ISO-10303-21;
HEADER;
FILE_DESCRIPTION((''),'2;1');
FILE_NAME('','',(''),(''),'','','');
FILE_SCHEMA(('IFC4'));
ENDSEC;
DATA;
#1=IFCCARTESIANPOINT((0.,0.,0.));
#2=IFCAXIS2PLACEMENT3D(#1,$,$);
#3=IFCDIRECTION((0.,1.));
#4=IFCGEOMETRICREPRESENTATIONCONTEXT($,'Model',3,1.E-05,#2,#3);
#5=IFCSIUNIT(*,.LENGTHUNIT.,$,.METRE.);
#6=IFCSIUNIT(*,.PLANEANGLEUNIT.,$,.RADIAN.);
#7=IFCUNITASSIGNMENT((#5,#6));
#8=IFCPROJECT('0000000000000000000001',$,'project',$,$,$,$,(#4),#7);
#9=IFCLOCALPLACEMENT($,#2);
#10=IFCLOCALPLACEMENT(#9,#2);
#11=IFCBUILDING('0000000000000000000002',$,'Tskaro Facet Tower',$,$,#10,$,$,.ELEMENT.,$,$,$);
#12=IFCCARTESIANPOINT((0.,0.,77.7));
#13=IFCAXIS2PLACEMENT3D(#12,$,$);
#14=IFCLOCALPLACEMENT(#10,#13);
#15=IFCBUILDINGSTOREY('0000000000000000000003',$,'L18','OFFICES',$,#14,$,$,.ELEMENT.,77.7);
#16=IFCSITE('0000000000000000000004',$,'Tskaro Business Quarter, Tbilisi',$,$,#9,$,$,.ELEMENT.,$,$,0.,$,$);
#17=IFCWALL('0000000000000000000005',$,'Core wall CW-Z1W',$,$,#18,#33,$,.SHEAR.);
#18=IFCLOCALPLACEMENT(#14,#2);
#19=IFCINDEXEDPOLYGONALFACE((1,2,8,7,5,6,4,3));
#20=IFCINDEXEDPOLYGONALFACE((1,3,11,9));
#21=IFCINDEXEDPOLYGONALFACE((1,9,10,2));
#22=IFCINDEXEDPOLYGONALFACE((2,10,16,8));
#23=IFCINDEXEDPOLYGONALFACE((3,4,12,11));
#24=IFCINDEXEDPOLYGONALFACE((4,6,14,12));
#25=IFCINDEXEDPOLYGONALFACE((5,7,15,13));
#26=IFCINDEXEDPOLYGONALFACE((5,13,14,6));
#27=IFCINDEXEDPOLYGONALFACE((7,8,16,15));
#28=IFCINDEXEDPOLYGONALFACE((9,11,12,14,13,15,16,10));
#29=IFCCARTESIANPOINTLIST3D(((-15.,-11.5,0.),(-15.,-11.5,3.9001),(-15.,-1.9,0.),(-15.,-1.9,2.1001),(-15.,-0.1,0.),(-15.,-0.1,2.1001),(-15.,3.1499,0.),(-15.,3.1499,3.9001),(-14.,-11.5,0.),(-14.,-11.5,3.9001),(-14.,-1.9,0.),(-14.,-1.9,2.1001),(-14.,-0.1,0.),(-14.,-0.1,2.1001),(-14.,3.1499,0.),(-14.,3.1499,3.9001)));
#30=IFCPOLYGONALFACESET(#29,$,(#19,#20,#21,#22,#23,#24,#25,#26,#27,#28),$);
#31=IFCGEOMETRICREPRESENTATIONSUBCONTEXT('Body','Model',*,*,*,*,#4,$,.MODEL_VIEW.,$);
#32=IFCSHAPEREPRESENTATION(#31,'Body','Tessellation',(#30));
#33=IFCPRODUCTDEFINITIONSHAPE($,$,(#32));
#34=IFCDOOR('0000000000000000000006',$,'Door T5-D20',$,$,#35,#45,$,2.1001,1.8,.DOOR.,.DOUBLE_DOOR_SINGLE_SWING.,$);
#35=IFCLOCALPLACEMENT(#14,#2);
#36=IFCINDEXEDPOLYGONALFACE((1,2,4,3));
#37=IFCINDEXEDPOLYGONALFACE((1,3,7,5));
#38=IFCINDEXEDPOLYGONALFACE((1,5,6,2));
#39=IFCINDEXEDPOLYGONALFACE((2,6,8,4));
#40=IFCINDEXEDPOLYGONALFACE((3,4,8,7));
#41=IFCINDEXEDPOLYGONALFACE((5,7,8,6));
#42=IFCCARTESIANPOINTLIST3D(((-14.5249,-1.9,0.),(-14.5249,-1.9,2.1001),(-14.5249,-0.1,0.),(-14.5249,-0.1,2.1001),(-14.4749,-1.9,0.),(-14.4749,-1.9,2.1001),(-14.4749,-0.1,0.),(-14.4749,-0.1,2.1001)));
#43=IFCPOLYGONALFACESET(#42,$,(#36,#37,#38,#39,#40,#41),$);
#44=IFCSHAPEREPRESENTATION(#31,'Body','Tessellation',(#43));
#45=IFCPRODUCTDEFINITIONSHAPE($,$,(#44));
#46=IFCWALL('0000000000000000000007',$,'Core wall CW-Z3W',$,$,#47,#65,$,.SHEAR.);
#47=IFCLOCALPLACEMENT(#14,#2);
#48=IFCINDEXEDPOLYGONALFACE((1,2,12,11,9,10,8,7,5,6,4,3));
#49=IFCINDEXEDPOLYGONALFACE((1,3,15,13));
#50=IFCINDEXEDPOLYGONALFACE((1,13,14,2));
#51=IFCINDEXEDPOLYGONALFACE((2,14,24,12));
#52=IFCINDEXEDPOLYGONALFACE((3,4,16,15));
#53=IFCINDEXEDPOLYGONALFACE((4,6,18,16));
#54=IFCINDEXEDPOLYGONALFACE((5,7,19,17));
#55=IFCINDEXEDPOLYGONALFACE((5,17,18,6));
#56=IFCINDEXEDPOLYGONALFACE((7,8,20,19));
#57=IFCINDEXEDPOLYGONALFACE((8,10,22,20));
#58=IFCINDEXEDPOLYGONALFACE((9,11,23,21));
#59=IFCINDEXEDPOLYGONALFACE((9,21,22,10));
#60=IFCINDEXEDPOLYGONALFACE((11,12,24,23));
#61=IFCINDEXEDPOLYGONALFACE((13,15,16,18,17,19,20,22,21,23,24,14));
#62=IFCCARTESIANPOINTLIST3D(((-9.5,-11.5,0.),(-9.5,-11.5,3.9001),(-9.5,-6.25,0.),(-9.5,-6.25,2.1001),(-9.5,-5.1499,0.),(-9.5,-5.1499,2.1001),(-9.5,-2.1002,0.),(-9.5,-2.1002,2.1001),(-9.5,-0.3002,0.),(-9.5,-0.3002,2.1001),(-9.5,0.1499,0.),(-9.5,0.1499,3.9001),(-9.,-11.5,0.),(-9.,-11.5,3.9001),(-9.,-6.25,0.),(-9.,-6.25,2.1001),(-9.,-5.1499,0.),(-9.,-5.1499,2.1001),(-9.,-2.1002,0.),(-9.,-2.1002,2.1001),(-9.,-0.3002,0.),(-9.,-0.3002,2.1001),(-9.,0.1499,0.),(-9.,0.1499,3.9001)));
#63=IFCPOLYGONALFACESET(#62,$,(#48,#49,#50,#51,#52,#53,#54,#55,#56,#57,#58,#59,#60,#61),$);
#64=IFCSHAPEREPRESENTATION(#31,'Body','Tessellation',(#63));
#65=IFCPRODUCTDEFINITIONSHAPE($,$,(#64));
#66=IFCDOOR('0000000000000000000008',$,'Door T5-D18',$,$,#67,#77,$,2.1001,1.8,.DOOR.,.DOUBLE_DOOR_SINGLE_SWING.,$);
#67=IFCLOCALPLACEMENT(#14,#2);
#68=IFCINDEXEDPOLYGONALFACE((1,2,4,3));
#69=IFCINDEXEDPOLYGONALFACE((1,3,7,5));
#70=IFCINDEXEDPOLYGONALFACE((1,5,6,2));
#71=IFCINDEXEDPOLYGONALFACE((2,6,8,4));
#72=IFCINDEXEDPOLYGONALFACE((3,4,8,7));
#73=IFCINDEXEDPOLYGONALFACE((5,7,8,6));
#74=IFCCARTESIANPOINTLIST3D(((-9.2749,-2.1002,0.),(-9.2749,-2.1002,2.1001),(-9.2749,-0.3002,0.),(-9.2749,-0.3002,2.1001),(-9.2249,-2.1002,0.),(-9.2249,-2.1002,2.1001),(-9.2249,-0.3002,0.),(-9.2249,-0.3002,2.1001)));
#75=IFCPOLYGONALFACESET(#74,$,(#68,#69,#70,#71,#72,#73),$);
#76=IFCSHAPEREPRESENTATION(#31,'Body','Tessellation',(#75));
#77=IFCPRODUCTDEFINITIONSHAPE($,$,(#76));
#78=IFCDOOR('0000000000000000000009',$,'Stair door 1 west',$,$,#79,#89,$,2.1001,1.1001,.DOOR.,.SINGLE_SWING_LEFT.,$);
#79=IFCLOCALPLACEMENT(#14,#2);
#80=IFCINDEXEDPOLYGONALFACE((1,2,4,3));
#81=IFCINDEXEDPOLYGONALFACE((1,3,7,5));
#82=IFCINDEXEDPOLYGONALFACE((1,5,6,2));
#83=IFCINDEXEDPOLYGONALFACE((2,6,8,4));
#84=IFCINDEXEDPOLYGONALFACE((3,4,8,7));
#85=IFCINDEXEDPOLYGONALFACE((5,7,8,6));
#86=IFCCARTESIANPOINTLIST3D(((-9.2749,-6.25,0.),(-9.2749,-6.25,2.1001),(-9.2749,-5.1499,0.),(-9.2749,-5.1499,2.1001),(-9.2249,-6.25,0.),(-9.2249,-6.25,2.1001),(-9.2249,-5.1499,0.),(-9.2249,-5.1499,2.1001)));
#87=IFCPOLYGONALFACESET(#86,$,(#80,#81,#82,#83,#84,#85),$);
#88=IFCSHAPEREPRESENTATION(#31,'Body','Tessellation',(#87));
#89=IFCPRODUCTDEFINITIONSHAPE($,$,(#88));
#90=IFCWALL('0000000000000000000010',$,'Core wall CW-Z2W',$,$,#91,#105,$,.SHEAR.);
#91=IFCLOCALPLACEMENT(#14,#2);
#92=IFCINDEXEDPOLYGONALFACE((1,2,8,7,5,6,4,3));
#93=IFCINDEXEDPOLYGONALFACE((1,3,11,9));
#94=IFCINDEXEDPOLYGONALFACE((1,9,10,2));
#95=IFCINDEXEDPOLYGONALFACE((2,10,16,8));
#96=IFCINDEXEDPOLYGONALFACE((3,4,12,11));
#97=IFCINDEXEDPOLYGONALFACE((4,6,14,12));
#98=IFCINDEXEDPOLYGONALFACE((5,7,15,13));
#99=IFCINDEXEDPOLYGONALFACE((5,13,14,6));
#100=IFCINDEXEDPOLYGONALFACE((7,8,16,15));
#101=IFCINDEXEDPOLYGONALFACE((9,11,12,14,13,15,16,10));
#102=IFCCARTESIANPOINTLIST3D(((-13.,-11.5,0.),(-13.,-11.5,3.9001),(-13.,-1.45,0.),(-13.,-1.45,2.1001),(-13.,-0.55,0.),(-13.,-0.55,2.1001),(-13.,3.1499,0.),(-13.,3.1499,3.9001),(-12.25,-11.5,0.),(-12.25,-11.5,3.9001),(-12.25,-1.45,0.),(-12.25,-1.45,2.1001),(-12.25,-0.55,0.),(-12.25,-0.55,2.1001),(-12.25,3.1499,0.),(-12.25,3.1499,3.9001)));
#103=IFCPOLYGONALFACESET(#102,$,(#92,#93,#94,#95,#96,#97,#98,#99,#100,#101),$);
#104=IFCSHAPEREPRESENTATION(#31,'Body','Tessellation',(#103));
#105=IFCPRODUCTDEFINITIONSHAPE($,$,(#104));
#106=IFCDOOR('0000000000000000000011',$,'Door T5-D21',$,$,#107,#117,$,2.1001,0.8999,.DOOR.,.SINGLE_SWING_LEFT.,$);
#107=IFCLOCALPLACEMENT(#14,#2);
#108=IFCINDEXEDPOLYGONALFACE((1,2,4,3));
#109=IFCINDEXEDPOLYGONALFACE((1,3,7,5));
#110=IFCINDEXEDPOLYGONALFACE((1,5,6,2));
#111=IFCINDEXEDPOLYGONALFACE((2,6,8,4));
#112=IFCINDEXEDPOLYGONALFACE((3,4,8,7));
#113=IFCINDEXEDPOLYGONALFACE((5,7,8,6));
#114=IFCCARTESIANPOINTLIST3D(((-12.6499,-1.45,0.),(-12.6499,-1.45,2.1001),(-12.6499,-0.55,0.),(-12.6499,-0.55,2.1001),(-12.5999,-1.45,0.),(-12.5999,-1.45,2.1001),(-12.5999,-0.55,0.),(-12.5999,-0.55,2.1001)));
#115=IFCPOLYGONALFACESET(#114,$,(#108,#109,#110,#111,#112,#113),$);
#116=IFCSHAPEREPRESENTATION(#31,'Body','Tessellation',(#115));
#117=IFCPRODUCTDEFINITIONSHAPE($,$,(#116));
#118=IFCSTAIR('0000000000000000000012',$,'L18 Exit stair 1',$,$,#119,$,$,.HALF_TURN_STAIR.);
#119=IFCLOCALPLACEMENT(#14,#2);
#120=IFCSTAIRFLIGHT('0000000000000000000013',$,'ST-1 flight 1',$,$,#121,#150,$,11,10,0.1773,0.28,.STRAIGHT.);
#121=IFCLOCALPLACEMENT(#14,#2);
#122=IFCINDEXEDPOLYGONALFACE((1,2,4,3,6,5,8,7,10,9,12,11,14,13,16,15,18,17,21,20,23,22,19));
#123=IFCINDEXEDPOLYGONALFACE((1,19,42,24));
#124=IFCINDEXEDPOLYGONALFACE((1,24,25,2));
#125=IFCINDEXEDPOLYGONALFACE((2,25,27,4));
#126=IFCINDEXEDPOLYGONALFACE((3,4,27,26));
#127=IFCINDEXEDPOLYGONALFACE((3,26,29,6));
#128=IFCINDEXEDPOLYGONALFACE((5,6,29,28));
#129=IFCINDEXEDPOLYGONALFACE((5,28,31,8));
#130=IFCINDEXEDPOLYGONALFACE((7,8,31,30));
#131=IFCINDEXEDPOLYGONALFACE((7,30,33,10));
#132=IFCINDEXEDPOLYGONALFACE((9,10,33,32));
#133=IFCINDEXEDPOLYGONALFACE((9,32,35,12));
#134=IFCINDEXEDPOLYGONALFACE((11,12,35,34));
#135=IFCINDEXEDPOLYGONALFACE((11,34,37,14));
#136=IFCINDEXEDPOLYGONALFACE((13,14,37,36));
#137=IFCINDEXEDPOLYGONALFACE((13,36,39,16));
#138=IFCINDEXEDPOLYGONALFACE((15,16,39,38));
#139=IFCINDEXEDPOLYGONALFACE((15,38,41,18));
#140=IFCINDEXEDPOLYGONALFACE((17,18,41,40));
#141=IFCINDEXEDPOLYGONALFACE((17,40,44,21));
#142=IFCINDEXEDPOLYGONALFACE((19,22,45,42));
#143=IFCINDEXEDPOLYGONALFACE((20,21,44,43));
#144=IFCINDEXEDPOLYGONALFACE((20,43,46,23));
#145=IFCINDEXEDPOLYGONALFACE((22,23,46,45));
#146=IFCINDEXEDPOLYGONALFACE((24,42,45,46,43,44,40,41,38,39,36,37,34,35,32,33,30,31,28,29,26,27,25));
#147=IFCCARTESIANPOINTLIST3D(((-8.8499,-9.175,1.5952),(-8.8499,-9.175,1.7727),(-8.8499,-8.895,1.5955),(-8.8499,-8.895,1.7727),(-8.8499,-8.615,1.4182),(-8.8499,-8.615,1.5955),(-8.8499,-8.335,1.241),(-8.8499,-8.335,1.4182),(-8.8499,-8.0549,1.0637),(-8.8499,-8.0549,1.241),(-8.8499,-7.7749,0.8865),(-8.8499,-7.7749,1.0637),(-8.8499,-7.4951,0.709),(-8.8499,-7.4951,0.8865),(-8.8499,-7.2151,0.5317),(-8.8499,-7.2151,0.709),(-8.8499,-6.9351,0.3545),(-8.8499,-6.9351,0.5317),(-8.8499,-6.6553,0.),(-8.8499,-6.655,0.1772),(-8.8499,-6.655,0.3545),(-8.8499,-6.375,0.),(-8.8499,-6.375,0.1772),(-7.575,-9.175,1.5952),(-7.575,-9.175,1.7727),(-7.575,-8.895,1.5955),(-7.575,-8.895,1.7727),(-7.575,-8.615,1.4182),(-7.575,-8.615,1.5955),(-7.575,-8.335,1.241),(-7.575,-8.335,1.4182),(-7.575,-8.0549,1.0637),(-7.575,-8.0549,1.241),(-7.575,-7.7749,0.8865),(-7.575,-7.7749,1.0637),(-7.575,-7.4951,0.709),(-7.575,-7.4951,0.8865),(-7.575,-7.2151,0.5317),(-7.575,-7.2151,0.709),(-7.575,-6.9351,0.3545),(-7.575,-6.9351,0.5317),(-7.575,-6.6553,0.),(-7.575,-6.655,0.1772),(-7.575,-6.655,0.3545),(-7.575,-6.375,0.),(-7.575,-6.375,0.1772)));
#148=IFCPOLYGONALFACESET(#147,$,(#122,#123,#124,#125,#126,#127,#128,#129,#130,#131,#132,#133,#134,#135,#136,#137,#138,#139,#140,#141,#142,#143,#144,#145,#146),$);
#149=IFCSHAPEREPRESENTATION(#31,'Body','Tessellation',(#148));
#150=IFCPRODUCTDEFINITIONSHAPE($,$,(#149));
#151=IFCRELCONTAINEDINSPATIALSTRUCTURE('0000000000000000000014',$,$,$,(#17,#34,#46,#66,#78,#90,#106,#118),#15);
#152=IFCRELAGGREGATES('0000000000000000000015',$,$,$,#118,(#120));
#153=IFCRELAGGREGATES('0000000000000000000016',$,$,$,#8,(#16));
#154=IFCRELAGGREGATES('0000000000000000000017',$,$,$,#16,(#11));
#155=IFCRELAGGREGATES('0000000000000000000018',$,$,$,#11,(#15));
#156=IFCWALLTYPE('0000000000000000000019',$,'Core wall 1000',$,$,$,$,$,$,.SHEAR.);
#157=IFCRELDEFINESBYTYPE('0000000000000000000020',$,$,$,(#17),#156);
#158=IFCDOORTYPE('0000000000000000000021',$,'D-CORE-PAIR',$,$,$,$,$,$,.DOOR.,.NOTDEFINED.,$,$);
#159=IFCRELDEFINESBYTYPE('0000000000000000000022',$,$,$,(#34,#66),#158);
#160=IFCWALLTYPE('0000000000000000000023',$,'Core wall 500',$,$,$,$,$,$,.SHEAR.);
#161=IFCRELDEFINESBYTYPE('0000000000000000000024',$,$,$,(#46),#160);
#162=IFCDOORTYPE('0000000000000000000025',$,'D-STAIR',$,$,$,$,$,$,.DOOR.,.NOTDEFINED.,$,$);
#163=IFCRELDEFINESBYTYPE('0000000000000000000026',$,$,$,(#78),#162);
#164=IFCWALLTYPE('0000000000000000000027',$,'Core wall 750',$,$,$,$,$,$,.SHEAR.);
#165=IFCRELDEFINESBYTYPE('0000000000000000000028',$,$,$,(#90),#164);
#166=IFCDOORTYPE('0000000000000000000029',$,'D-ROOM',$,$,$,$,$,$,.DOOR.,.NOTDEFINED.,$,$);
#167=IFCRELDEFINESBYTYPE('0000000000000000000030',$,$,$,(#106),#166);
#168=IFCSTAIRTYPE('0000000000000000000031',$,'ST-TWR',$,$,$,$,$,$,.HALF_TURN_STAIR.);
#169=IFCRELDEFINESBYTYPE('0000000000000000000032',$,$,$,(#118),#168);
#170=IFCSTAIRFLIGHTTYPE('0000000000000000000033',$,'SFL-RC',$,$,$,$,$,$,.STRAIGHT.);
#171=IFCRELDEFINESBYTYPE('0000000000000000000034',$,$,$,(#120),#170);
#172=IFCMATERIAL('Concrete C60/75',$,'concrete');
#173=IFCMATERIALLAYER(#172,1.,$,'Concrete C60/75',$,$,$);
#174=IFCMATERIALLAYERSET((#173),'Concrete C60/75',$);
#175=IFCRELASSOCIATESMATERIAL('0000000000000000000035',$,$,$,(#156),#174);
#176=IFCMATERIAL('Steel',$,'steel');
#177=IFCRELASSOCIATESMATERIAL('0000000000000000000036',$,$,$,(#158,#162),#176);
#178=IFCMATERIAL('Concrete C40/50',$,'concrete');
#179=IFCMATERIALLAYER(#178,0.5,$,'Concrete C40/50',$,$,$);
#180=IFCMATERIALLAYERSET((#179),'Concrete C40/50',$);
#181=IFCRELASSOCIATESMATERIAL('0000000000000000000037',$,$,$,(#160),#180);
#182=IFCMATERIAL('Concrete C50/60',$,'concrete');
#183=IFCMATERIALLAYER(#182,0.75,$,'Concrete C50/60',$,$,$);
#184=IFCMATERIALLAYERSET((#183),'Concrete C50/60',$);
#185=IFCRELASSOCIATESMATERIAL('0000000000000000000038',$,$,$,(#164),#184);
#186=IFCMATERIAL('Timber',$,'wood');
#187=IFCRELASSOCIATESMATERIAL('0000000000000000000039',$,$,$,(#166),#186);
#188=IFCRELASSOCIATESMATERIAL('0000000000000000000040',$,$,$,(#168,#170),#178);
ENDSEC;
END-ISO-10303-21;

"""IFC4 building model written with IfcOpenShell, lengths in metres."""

from ifc_helpers import new_model, si_unit, direction, frame, frame_2d, origin, place, context, subcontext, project, spatial, polyline, rectangle, outline, extrude, material, layer, layer_set, type_object, element, fill, aggregate, save


model = new_model("IFC4")

# Units and contexts
model_context = context("Model", 3, precision=1e-05, world=origin(), true_north=direction((0.0, 1.0)))
body_context = subcontext(model_context, "Body", "Model", "MODEL_VIEW")
ifc_project = project(units=[si_unit("LENGTHUNIT", "METRE"), si_unit("PLANEANGLEUNIT", "RADIAN")], contexts=[model_context])

# Site, building, storey
site_placement = place(None, origin())
site = spatial("IfcSite", under=ifc_project, at=site_placement, Name="Tskaro Business Quarter, Tbilisi", CompositionType="ELEMENT", RefElevation=0.0)
building_placement = place(site_placement, origin())
building = spatial("IfcBuilding", under=site, at=building_placement, Name="Tskaro Facet Tower", CompositionType="ELEMENT")
storey_placement = place(building_placement, frame((0.0, 0.0, 77.7)))
storey = spatial("IfcBuildingStorey", under=building, at=storey_placement, Name="L18", Description="OFFICES", CompositionType="ELEMENT", Elevation=77.7)

# Shared definitions
ifc_material_1 = material(Name="Concrete C60/75", Category="concrete")

# Shared definitions
ifc_layer_1 = layer(ifc_material_1, 1.0, Name="Concrete C60/75")
ifc_layer_set_1 = layer_set([ifc_layer_1], Name="Concrete C60/75")
wall_type_1 = type_object("IfcWallType", Name="Core wall 1000", PredefinedType="SHEAR", material=ifc_layer_set_1)

# Wall, opening, door
wall_1_placement = place(storey_placement, frame((-14.5, -11.5, 0.0), z_axis=(0.0, 0.0, 1.0), x_axis=(0.0, 1.0, 0.0)))
wall_1 = element("IfcWall", 1, at=wall_1_placement, inside=storey, type_object=wall_type_1, Name="Core wall CW-Z1W", PredefinedType="SHEAR", context=body_context, shape_type="SweptSolid", body=[
    extrude(rectangle(XDim=14.6499, YDim=1.0, at=frame_2d((7.325, 0.0))), origin(), (0.0, 0.0, 1.0), 3.9001),
])
opening_1_placement = place(wall_1_placement, frame((9.6001, 0.0, 0.0)))
opening_1 = element("IfcOpeningElement", 2, at=opening_1_placement, cuts=wall_1, PredefinedType="OPENING", context=body_context, shape_type="SweptSolid", body=[
    extrude(rectangle(XDim=1.8, YDim=2.1001, at=frame_2d((0.8999, 1.05))), frame((0.0, 0.51, 0.0), z_axis=(0.0, -1.0, 0.0), x_axis=(1.0, 0.0, 0.0)), (0.0, 0.0, 1.0), 1.02),
])
ifc_material_2 = material(Name="Steel", Category="steel")
door_type_1 = type_object("IfcDoorType", Name="D-CORE-PAIR", OperationType="NOTDEFINED", PredefinedType="DOOR", material=ifc_material_2)
door_1_placement = place(opening_1_placement, origin())
door_1 = element("IfcDoor", 3, at=door_1_placement, inside=storey, type_object=door_type_1, Name="Door T5-D20", OperationType="DOUBLE_DOOR_SINGLE_SWING", OverallHeight=2.1001, OverallWidth=1.8, PredefinedType="DOOR", context=body_context, shape_type="SweptSolid", body=[
    extrude(rectangle(XDim=1.8, YDim=2.1001, at=frame_2d((0.8999, 1.05))), frame((0.0, 0.0249, 0.0), z_axis=(0.0, -1.0, 0.0), x_axis=(1.0, 0.0, 0.0)), (0.0, 0.0, 1.0), 0.05),
])
fill(opening_1, door_1)

# Wall, openings, doors
ifc_material_3 = material(Name="Concrete C40/50", Category="concrete")
ifc_layer_2 = layer(ifc_material_3, 0.5, Name="Concrete C40/50")
ifc_layer_set_2 = layer_set([ifc_layer_2], Name="Concrete C40/50")
wall_type_2 = type_object("IfcWallType", Name="Core wall 500", PredefinedType="SHEAR", material=ifc_layer_set_2)
wall_2_placement = place(storey_placement, frame((-9.25, -11.5, 0.0), z_axis=(0.0, 0.0, 1.0), x_axis=(0.0, 1.0, 0.0)))
wall_2 = element("IfcWall", 4, at=wall_2_placement, inside=storey, type_object=wall_type_2, Name="Core wall CW-Z3W", PredefinedType="SHEAR", context=body_context, shape_type="SweptSolid", body=[
    extrude(rectangle(XDim=11.6499, YDim=0.5, at=frame_2d((5.825, 0.0))), origin(), (0.0, 0.0, 1.0), 3.9001),
])
opening_2_placement = place(wall_2_placement, frame((9.3999, 0.0, 0.0)))
opening_2 = element("IfcOpeningElement", 5, at=opening_2_placement, cuts=wall_2, PredefinedType="OPENING", context=body_context, shape_type="SweptSolid", body=[
    extrude(rectangle(XDim=1.8, YDim=2.1001, at=frame_2d((0.8999, 1.05))), frame((0.0, 0.26, 0.0), z_axis=(0.0, -1.0, 0.0), x_axis=(1.0, 0.0, 0.0)), (0.0, 0.0, 1.0), 0.52),
])
opening_3_placement = place(wall_2_placement, frame((5.25, 0.0, 0.0)))
opening_3 = element("IfcOpeningElement", 6, at=opening_3_placement, cuts=wall_2, PredefinedType="OPENING", context=body_context, shape_type="SweptSolid", body=[
    extrude(rectangle(XDim=1.1001, YDim=2.1001, at=frame_2d((0.55, 1.05))), frame((0.0, 0.26, 0.0), z_axis=(0.0, -1.0, 0.0), x_axis=(1.0, 0.0, 0.0)), (0.0, 0.0, 1.0), 0.52),
])
door_2_placement = place(opening_2_placement, origin())
door_2 = element("IfcDoor", 7, at=door_2_placement, inside=storey, type_object=door_type_1, Name="Door T5-D18", OperationType="DOUBLE_DOOR_SINGLE_SWING", OverallHeight=2.1001, OverallWidth=1.8, PredefinedType="DOOR", context=body_context, shape_type="SweptSolid", body=[
    extrude(rectangle(XDim=1.8, YDim=2.1001, at=frame_2d((0.8999, 1.05))), frame((0.0, 0.0249, 0.0), z_axis=(0.0, -1.0, 0.0), x_axis=(1.0, 0.0, 0.0)), (0.0, 0.0, 1.0), 0.05),
])
fill(opening_2, door_2)
door_type_2 = type_object("IfcDoorType", Name="D-STAIR", OperationType="NOTDEFINED", PredefinedType="DOOR", material=ifc_material_2)
door_3_placement = place(opening_3_placement, origin())
door_3 = element("IfcDoor", 8, at=door_3_placement, inside=storey, type_object=door_type_2, Name="Stair door 1 west", OperationType="SINGLE_SWING_LEFT", OverallHeight=2.1001, OverallWidth=1.1001, PredefinedType="DOOR", context=body_context, shape_type="SweptSolid", body=[
    extrude(rectangle(XDim=1.1001, YDim=2.1001, at=frame_2d((0.55, 1.05))), frame((0.0, 0.0249, 0.0), z_axis=(0.0, -1.0, 0.0), x_axis=(1.0, 0.0, 0.0)), (0.0, 0.0, 1.0), 0.05),
])
fill(opening_3, door_3)

# Wall, opening, door
ifc_material_4 = material(Name="Concrete C50/60", Category="concrete")
ifc_layer_3 = layer(ifc_material_4, 0.75, Name="Concrete C50/60")
ifc_layer_set_3 = layer_set([ifc_layer_3], Name="Concrete C50/60")
wall_type_3 = type_object("IfcWallType", Name="Core wall 750", PredefinedType="SHEAR", material=ifc_layer_set_3)
wall_3_placement = place(storey_placement, frame((-12.625, -11.5, 0.0), z_axis=(0.0, 0.0, 1.0), x_axis=(0.0, 1.0, 0.0)))
wall_3 = element("IfcWall", 9, at=wall_3_placement, inside=storey, type_object=wall_type_3, Name="Core wall CW-Z2W", PredefinedType="SHEAR", context=body_context, shape_type="SweptSolid", body=[
    extrude(rectangle(XDim=14.6499, YDim=0.75, at=frame_2d((7.325, 0.0))), origin(), (0.0, 0.0, 1.0), 3.9001),
])
opening_4_placement = place(wall_3_placement, frame((10.05, 0.0, 0.0)))
opening_4 = element("IfcOpeningElement", 10, at=opening_4_placement, cuts=wall_3, PredefinedType="OPENING", context=body_context, shape_type="SweptSolid", body=[
    extrude(rectangle(XDim=0.8999, YDim=2.1001, at=frame_2d((0.45, 1.05))), frame((0.0, 0.385, 0.0), z_axis=(0.0, -1.0, 0.0), x_axis=(1.0, 0.0, 0.0)), (0.0, 0.0, 1.0), 0.77),
])
ifc_material_5 = material(Name="Timber", Category="wood")
door_type_3 = type_object("IfcDoorType", Name="D-ROOM", OperationType="NOTDEFINED", PredefinedType="DOOR", material=ifc_material_5)
door_4_placement = place(opening_4_placement, origin())
door_4 = element("IfcDoor", 11, at=door_4_placement, inside=storey, type_object=door_type_3, Name="Door T5-D21", OperationType="SINGLE_SWING_LEFT", OverallHeight=2.1001, OverallWidth=0.8999, PredefinedType="DOOR", context=body_context, shape_type="SweptSolid", body=[
    extrude(rectangle(XDim=0.8999, YDim=2.1001, at=frame_2d((0.45, 1.05))), frame((0.0, 0.0249, 0.0), z_axis=(0.0, -1.0, 0.0), x_axis=(1.0, 0.0, 0.0)), (0.0, 0.0, 1.0), 0.05),
])
fill(opening_4, door_4)

# Stair, stair flight
stair_type = type_object("IfcStairType", Name="ST-TWR", PredefinedType="HALF_TURN_STAIR", material=ifc_material_3)
stair_placement = place(storey_placement, origin())
stair = element("IfcStair", 12, at=stair_placement, inside=storey, type_object=stair_type, Name="L18 Exit stair 1", PredefinedType="HALF_TURN_STAIR")
stair_flight_type = type_object("IfcStairFlightType", Name="SFL-RC", PredefinedType="STRAIGHT", material=ifc_material_3)
stair_flight_placement = place(storey_placement, frame((-8.2124, -6.375, 0.0), z_axis=(0.0, 0.0, 1.0), x_axis=(0.0, -1.0, 0.0)))
stair_flight = element("IfcStairFlight", 13, at=stair_flight_placement, type_object=stair_flight_type, Name="ST-1 flight 1", NumberOfRisers=11, NumberOfTreads=10, PredefinedType="STRAIGHT", RiserHeight=0.1773, TreadLength=0.28, context=body_context, shape_type="SweptSolid", body=[
    extrude(outline(polyline([(0.0, 0.0), (0.0, 0.1772), (0.28, 0.1772), (0.28, 0.3545), (0.5601, 0.3545), (0.5601, 0.5317), (0.8401, 0.5317), (0.8401, 0.709), (1.1201, 0.709), (1.1201, 0.8865), (1.3999, 0.8865), (1.3999, 1.0637), (1.6799, 1.0637), (1.6799, 1.241), (1.96, 1.241), (1.96, 1.4182), (2.24, 1.4182), (2.24, 1.5955), (2.52, 1.5955), (2.52, 1.7727), (2.8, 1.7727), (2.8, 1.95), (2.8, 1.5952), (0.2803, 0.0), (0.0, 0.0)])), frame((0.0, 0.6375, 0.0), z_axis=(0.0, -1.0, 0.0), x_axis=(1.0, 0.0, 0.0)), (0.0, 0.0, 1.0), 1.2749),
])
aggregate(stair, [stair_flight])

save(model, "model.ifc")
